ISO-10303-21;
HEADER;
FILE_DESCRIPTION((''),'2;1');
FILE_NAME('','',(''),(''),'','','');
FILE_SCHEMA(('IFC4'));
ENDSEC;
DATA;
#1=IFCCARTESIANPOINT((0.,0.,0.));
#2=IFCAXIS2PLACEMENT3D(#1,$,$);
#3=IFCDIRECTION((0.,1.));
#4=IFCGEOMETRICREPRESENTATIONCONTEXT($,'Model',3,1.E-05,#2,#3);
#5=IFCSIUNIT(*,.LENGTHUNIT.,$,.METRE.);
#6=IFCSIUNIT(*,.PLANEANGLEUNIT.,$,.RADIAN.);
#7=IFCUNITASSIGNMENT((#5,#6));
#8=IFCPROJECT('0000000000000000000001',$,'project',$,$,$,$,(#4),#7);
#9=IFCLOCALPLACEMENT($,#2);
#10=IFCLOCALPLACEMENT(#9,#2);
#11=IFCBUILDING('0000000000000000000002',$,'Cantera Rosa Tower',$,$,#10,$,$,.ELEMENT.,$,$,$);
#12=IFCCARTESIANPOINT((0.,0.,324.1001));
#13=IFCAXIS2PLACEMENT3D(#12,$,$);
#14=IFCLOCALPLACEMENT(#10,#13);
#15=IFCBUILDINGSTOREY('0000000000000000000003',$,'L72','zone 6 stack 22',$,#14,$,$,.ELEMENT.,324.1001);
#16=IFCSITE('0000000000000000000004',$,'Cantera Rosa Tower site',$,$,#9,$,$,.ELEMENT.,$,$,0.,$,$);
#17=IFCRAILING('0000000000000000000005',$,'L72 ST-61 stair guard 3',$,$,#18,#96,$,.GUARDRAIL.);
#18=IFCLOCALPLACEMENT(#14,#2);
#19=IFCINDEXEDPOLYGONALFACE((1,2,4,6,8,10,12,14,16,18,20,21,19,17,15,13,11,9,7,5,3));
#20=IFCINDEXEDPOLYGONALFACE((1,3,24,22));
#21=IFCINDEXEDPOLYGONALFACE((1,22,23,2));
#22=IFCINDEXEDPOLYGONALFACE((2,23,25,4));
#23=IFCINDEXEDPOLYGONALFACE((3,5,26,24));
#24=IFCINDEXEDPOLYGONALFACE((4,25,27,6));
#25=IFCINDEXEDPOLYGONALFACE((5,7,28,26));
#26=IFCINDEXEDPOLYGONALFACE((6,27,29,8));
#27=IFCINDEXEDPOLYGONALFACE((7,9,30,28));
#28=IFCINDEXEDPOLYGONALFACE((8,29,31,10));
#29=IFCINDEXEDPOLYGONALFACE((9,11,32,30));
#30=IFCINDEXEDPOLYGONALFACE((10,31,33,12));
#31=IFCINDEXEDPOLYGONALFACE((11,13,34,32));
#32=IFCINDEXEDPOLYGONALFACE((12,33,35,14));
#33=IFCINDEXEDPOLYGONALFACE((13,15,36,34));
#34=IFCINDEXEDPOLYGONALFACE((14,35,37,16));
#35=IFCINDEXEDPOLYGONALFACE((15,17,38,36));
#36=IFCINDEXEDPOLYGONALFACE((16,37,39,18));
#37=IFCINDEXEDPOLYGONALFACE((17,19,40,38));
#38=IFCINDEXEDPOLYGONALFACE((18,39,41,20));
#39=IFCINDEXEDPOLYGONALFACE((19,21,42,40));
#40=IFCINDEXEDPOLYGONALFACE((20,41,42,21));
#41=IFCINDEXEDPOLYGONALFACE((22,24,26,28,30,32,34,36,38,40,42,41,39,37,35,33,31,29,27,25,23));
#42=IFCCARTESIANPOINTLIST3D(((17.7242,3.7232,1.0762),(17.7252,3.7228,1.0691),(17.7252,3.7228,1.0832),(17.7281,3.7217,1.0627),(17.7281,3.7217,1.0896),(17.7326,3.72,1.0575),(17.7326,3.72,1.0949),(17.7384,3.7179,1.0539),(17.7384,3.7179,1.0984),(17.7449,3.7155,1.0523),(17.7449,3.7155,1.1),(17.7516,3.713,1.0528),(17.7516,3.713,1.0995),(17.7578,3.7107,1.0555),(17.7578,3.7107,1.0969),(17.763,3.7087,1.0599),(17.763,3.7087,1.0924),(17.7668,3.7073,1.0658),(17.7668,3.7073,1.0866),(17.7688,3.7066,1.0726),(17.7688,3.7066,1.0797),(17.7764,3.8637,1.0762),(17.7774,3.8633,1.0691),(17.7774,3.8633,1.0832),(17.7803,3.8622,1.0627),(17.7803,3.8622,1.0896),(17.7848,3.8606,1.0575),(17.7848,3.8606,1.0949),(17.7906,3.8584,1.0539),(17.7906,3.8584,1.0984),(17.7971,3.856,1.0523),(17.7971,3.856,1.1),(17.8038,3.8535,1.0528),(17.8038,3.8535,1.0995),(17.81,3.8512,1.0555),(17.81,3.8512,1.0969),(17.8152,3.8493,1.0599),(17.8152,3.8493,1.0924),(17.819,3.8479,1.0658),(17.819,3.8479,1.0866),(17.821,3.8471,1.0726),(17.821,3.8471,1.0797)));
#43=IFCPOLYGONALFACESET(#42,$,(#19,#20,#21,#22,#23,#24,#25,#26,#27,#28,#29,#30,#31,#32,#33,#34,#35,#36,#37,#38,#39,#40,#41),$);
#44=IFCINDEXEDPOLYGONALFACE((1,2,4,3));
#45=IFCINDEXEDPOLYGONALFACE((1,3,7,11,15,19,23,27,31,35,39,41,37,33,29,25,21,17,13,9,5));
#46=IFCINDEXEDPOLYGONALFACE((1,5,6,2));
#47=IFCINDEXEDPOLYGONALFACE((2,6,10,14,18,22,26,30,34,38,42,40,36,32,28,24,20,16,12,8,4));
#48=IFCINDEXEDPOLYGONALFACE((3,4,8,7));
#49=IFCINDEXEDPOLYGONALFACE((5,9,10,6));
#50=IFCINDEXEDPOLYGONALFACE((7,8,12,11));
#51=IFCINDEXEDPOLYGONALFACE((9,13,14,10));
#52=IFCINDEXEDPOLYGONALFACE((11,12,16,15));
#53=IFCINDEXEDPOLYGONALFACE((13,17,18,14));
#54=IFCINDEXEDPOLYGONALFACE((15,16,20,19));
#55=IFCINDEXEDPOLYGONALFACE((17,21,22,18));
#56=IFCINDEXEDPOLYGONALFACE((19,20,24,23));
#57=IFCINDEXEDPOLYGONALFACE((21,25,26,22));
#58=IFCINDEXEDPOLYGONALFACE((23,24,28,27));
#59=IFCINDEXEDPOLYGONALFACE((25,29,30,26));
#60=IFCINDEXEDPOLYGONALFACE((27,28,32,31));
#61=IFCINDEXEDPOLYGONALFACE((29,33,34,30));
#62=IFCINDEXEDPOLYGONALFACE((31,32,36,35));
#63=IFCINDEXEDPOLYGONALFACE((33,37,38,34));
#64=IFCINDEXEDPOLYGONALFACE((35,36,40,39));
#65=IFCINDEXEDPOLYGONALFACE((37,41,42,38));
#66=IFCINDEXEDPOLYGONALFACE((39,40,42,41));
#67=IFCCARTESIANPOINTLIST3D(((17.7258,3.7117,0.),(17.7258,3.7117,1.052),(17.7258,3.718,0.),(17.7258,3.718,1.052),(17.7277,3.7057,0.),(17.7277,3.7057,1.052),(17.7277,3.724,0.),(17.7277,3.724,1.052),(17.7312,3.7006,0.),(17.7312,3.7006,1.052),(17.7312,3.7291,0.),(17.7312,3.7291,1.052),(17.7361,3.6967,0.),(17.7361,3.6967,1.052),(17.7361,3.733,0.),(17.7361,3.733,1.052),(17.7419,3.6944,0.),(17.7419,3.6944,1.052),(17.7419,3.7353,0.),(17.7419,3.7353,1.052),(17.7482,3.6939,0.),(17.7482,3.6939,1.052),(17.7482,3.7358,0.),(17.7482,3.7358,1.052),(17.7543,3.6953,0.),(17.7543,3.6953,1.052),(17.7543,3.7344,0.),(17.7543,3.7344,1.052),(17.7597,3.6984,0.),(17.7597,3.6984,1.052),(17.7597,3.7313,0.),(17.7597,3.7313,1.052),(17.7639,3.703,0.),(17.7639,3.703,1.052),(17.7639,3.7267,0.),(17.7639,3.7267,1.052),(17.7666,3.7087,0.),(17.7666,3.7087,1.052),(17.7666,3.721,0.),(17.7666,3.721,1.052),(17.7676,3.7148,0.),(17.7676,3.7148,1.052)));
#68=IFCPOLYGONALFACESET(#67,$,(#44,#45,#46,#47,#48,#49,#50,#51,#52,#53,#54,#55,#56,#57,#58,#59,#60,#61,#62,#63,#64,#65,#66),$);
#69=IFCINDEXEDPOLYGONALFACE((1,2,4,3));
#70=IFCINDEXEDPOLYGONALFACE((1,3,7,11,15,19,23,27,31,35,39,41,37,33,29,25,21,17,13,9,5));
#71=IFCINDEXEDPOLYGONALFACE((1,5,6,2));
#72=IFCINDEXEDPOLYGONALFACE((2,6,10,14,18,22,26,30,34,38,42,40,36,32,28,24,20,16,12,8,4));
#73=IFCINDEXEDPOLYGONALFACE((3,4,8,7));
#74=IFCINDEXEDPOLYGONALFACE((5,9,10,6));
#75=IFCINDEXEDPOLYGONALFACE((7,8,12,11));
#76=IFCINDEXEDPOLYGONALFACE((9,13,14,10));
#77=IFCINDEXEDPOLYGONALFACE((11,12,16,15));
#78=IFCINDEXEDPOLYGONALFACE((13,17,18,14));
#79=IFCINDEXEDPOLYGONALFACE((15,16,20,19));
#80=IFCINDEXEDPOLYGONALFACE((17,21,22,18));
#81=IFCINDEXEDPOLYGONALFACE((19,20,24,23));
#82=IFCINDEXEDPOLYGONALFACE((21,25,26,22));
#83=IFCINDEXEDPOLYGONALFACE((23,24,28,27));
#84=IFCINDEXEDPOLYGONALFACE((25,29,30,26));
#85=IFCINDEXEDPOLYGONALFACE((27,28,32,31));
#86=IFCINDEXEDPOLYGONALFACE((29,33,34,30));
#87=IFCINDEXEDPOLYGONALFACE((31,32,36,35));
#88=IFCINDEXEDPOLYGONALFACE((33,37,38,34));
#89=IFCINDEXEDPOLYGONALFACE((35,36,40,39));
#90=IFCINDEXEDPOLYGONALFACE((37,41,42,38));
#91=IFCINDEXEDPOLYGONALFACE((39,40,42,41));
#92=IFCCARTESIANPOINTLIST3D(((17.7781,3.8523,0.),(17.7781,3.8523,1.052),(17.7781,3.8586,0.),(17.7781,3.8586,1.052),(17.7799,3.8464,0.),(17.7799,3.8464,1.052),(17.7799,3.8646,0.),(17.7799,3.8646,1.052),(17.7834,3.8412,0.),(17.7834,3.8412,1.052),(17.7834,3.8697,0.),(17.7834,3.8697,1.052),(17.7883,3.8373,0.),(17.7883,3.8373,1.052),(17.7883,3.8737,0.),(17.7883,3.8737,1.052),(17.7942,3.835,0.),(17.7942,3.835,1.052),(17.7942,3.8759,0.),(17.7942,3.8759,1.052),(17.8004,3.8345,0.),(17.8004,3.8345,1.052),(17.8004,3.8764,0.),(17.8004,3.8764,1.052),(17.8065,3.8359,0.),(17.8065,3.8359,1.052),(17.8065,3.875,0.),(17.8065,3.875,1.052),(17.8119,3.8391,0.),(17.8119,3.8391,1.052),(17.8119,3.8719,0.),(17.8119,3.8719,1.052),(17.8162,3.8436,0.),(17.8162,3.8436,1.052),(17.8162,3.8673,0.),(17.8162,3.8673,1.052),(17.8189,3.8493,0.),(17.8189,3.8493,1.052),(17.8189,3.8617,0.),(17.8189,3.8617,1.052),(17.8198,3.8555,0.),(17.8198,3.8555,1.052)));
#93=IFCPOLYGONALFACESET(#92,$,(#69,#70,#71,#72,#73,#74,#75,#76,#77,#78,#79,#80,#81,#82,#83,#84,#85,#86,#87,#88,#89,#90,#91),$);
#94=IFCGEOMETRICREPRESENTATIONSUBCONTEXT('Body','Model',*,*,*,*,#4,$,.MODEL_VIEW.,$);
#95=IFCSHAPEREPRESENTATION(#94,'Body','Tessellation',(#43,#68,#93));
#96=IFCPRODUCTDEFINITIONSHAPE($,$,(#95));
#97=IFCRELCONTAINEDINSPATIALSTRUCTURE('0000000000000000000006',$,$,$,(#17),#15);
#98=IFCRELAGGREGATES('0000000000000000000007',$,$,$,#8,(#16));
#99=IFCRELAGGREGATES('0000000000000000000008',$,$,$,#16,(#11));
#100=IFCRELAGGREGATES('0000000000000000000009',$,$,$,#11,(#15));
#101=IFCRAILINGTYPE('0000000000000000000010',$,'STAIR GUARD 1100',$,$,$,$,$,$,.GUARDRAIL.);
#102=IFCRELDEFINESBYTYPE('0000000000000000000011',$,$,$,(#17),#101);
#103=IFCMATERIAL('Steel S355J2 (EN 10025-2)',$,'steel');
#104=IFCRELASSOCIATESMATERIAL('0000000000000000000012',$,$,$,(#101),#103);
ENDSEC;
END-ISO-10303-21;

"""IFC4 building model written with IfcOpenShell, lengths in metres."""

from ifc_helpers import new_model, si_unit, direction, frame, origin, origin_2d, place, context, subcontext, project, spatial, circle, extrude, material, type_object, element, save


model = new_model("IFC4")

# Units and contexts
model_context = context("Model", 3, precision=1e-05, world=origin(), true_north=direction((0.0, 1.0)))
body_context = subcontext(model_context, "Body", "Model", "MODEL_VIEW")
ifc_project = project(units=[si_unit("LENGTHUNIT", "METRE"), si_unit("PLANEANGLEUNIT", "RADIAN")], contexts=[model_context])

# Site, building, storey
site_placement = place(None, origin())
site = spatial("IfcSite", under=ifc_project, at=site_placement, Name="Cantera Rosa Tower site", CompositionType="ELEMENT", RefElevation=0.0)
building_placement = place(site_placement, origin())
building = spatial("IfcBuilding", under=site, at=building_placement, Name="Cantera Rosa Tower", CompositionType="ELEMENT")
storey_placement = place(building_placement, frame((0.0, 0.0, 324.1001)))
storey = spatial("IfcBuildingStorey", under=building, at=storey_placement, Name="L72", Description="zone 6 stack 22", CompositionType="ELEMENT", Elevation=324.1001)

# Railing
ifc_material_1 = material(Name="Steel S355J2 (EN 10025-2)", Category="steel")
railing_type_1 = type_object("IfcRailingType", Name="STAIR GUARD 1100", PredefinedType="GUARDRAIL", material=ifc_material_1)
railing_1_placement = place(storey_placement, frame((17.7466, 3.7148, 0.0)))
element("IfcRailing", 1, at=railing_1_placement, inside=storey, type_object=railing_type_1, Name="L72 ST-61 stair guard 3", PredefinedType="GUARDRAIL", context=body_context, shape_type="SweptSolid", body=[
    extrude(circle(Radius=0.0239, at=origin_2d()), frame((0.0, 0.0, 1.0762), z_axis=(0.348268, 0.937395, 0.0), x_axis=(-0.937395, 0.348268, 0.0)), (0.0, 0.0, 1.0), 0.1499),
    extrude(circle(Radius=0.021, at=origin_2d()), origin(), (0.0, 0.0, 1.0), 1.052),
    extrude(circle(Radius=0.021, at=origin_2d()), frame((0.0522, 0.1406, 0.0)), (0.0, 0.0, 1.0), 1.052),
])

save(model, "model.ifc")
